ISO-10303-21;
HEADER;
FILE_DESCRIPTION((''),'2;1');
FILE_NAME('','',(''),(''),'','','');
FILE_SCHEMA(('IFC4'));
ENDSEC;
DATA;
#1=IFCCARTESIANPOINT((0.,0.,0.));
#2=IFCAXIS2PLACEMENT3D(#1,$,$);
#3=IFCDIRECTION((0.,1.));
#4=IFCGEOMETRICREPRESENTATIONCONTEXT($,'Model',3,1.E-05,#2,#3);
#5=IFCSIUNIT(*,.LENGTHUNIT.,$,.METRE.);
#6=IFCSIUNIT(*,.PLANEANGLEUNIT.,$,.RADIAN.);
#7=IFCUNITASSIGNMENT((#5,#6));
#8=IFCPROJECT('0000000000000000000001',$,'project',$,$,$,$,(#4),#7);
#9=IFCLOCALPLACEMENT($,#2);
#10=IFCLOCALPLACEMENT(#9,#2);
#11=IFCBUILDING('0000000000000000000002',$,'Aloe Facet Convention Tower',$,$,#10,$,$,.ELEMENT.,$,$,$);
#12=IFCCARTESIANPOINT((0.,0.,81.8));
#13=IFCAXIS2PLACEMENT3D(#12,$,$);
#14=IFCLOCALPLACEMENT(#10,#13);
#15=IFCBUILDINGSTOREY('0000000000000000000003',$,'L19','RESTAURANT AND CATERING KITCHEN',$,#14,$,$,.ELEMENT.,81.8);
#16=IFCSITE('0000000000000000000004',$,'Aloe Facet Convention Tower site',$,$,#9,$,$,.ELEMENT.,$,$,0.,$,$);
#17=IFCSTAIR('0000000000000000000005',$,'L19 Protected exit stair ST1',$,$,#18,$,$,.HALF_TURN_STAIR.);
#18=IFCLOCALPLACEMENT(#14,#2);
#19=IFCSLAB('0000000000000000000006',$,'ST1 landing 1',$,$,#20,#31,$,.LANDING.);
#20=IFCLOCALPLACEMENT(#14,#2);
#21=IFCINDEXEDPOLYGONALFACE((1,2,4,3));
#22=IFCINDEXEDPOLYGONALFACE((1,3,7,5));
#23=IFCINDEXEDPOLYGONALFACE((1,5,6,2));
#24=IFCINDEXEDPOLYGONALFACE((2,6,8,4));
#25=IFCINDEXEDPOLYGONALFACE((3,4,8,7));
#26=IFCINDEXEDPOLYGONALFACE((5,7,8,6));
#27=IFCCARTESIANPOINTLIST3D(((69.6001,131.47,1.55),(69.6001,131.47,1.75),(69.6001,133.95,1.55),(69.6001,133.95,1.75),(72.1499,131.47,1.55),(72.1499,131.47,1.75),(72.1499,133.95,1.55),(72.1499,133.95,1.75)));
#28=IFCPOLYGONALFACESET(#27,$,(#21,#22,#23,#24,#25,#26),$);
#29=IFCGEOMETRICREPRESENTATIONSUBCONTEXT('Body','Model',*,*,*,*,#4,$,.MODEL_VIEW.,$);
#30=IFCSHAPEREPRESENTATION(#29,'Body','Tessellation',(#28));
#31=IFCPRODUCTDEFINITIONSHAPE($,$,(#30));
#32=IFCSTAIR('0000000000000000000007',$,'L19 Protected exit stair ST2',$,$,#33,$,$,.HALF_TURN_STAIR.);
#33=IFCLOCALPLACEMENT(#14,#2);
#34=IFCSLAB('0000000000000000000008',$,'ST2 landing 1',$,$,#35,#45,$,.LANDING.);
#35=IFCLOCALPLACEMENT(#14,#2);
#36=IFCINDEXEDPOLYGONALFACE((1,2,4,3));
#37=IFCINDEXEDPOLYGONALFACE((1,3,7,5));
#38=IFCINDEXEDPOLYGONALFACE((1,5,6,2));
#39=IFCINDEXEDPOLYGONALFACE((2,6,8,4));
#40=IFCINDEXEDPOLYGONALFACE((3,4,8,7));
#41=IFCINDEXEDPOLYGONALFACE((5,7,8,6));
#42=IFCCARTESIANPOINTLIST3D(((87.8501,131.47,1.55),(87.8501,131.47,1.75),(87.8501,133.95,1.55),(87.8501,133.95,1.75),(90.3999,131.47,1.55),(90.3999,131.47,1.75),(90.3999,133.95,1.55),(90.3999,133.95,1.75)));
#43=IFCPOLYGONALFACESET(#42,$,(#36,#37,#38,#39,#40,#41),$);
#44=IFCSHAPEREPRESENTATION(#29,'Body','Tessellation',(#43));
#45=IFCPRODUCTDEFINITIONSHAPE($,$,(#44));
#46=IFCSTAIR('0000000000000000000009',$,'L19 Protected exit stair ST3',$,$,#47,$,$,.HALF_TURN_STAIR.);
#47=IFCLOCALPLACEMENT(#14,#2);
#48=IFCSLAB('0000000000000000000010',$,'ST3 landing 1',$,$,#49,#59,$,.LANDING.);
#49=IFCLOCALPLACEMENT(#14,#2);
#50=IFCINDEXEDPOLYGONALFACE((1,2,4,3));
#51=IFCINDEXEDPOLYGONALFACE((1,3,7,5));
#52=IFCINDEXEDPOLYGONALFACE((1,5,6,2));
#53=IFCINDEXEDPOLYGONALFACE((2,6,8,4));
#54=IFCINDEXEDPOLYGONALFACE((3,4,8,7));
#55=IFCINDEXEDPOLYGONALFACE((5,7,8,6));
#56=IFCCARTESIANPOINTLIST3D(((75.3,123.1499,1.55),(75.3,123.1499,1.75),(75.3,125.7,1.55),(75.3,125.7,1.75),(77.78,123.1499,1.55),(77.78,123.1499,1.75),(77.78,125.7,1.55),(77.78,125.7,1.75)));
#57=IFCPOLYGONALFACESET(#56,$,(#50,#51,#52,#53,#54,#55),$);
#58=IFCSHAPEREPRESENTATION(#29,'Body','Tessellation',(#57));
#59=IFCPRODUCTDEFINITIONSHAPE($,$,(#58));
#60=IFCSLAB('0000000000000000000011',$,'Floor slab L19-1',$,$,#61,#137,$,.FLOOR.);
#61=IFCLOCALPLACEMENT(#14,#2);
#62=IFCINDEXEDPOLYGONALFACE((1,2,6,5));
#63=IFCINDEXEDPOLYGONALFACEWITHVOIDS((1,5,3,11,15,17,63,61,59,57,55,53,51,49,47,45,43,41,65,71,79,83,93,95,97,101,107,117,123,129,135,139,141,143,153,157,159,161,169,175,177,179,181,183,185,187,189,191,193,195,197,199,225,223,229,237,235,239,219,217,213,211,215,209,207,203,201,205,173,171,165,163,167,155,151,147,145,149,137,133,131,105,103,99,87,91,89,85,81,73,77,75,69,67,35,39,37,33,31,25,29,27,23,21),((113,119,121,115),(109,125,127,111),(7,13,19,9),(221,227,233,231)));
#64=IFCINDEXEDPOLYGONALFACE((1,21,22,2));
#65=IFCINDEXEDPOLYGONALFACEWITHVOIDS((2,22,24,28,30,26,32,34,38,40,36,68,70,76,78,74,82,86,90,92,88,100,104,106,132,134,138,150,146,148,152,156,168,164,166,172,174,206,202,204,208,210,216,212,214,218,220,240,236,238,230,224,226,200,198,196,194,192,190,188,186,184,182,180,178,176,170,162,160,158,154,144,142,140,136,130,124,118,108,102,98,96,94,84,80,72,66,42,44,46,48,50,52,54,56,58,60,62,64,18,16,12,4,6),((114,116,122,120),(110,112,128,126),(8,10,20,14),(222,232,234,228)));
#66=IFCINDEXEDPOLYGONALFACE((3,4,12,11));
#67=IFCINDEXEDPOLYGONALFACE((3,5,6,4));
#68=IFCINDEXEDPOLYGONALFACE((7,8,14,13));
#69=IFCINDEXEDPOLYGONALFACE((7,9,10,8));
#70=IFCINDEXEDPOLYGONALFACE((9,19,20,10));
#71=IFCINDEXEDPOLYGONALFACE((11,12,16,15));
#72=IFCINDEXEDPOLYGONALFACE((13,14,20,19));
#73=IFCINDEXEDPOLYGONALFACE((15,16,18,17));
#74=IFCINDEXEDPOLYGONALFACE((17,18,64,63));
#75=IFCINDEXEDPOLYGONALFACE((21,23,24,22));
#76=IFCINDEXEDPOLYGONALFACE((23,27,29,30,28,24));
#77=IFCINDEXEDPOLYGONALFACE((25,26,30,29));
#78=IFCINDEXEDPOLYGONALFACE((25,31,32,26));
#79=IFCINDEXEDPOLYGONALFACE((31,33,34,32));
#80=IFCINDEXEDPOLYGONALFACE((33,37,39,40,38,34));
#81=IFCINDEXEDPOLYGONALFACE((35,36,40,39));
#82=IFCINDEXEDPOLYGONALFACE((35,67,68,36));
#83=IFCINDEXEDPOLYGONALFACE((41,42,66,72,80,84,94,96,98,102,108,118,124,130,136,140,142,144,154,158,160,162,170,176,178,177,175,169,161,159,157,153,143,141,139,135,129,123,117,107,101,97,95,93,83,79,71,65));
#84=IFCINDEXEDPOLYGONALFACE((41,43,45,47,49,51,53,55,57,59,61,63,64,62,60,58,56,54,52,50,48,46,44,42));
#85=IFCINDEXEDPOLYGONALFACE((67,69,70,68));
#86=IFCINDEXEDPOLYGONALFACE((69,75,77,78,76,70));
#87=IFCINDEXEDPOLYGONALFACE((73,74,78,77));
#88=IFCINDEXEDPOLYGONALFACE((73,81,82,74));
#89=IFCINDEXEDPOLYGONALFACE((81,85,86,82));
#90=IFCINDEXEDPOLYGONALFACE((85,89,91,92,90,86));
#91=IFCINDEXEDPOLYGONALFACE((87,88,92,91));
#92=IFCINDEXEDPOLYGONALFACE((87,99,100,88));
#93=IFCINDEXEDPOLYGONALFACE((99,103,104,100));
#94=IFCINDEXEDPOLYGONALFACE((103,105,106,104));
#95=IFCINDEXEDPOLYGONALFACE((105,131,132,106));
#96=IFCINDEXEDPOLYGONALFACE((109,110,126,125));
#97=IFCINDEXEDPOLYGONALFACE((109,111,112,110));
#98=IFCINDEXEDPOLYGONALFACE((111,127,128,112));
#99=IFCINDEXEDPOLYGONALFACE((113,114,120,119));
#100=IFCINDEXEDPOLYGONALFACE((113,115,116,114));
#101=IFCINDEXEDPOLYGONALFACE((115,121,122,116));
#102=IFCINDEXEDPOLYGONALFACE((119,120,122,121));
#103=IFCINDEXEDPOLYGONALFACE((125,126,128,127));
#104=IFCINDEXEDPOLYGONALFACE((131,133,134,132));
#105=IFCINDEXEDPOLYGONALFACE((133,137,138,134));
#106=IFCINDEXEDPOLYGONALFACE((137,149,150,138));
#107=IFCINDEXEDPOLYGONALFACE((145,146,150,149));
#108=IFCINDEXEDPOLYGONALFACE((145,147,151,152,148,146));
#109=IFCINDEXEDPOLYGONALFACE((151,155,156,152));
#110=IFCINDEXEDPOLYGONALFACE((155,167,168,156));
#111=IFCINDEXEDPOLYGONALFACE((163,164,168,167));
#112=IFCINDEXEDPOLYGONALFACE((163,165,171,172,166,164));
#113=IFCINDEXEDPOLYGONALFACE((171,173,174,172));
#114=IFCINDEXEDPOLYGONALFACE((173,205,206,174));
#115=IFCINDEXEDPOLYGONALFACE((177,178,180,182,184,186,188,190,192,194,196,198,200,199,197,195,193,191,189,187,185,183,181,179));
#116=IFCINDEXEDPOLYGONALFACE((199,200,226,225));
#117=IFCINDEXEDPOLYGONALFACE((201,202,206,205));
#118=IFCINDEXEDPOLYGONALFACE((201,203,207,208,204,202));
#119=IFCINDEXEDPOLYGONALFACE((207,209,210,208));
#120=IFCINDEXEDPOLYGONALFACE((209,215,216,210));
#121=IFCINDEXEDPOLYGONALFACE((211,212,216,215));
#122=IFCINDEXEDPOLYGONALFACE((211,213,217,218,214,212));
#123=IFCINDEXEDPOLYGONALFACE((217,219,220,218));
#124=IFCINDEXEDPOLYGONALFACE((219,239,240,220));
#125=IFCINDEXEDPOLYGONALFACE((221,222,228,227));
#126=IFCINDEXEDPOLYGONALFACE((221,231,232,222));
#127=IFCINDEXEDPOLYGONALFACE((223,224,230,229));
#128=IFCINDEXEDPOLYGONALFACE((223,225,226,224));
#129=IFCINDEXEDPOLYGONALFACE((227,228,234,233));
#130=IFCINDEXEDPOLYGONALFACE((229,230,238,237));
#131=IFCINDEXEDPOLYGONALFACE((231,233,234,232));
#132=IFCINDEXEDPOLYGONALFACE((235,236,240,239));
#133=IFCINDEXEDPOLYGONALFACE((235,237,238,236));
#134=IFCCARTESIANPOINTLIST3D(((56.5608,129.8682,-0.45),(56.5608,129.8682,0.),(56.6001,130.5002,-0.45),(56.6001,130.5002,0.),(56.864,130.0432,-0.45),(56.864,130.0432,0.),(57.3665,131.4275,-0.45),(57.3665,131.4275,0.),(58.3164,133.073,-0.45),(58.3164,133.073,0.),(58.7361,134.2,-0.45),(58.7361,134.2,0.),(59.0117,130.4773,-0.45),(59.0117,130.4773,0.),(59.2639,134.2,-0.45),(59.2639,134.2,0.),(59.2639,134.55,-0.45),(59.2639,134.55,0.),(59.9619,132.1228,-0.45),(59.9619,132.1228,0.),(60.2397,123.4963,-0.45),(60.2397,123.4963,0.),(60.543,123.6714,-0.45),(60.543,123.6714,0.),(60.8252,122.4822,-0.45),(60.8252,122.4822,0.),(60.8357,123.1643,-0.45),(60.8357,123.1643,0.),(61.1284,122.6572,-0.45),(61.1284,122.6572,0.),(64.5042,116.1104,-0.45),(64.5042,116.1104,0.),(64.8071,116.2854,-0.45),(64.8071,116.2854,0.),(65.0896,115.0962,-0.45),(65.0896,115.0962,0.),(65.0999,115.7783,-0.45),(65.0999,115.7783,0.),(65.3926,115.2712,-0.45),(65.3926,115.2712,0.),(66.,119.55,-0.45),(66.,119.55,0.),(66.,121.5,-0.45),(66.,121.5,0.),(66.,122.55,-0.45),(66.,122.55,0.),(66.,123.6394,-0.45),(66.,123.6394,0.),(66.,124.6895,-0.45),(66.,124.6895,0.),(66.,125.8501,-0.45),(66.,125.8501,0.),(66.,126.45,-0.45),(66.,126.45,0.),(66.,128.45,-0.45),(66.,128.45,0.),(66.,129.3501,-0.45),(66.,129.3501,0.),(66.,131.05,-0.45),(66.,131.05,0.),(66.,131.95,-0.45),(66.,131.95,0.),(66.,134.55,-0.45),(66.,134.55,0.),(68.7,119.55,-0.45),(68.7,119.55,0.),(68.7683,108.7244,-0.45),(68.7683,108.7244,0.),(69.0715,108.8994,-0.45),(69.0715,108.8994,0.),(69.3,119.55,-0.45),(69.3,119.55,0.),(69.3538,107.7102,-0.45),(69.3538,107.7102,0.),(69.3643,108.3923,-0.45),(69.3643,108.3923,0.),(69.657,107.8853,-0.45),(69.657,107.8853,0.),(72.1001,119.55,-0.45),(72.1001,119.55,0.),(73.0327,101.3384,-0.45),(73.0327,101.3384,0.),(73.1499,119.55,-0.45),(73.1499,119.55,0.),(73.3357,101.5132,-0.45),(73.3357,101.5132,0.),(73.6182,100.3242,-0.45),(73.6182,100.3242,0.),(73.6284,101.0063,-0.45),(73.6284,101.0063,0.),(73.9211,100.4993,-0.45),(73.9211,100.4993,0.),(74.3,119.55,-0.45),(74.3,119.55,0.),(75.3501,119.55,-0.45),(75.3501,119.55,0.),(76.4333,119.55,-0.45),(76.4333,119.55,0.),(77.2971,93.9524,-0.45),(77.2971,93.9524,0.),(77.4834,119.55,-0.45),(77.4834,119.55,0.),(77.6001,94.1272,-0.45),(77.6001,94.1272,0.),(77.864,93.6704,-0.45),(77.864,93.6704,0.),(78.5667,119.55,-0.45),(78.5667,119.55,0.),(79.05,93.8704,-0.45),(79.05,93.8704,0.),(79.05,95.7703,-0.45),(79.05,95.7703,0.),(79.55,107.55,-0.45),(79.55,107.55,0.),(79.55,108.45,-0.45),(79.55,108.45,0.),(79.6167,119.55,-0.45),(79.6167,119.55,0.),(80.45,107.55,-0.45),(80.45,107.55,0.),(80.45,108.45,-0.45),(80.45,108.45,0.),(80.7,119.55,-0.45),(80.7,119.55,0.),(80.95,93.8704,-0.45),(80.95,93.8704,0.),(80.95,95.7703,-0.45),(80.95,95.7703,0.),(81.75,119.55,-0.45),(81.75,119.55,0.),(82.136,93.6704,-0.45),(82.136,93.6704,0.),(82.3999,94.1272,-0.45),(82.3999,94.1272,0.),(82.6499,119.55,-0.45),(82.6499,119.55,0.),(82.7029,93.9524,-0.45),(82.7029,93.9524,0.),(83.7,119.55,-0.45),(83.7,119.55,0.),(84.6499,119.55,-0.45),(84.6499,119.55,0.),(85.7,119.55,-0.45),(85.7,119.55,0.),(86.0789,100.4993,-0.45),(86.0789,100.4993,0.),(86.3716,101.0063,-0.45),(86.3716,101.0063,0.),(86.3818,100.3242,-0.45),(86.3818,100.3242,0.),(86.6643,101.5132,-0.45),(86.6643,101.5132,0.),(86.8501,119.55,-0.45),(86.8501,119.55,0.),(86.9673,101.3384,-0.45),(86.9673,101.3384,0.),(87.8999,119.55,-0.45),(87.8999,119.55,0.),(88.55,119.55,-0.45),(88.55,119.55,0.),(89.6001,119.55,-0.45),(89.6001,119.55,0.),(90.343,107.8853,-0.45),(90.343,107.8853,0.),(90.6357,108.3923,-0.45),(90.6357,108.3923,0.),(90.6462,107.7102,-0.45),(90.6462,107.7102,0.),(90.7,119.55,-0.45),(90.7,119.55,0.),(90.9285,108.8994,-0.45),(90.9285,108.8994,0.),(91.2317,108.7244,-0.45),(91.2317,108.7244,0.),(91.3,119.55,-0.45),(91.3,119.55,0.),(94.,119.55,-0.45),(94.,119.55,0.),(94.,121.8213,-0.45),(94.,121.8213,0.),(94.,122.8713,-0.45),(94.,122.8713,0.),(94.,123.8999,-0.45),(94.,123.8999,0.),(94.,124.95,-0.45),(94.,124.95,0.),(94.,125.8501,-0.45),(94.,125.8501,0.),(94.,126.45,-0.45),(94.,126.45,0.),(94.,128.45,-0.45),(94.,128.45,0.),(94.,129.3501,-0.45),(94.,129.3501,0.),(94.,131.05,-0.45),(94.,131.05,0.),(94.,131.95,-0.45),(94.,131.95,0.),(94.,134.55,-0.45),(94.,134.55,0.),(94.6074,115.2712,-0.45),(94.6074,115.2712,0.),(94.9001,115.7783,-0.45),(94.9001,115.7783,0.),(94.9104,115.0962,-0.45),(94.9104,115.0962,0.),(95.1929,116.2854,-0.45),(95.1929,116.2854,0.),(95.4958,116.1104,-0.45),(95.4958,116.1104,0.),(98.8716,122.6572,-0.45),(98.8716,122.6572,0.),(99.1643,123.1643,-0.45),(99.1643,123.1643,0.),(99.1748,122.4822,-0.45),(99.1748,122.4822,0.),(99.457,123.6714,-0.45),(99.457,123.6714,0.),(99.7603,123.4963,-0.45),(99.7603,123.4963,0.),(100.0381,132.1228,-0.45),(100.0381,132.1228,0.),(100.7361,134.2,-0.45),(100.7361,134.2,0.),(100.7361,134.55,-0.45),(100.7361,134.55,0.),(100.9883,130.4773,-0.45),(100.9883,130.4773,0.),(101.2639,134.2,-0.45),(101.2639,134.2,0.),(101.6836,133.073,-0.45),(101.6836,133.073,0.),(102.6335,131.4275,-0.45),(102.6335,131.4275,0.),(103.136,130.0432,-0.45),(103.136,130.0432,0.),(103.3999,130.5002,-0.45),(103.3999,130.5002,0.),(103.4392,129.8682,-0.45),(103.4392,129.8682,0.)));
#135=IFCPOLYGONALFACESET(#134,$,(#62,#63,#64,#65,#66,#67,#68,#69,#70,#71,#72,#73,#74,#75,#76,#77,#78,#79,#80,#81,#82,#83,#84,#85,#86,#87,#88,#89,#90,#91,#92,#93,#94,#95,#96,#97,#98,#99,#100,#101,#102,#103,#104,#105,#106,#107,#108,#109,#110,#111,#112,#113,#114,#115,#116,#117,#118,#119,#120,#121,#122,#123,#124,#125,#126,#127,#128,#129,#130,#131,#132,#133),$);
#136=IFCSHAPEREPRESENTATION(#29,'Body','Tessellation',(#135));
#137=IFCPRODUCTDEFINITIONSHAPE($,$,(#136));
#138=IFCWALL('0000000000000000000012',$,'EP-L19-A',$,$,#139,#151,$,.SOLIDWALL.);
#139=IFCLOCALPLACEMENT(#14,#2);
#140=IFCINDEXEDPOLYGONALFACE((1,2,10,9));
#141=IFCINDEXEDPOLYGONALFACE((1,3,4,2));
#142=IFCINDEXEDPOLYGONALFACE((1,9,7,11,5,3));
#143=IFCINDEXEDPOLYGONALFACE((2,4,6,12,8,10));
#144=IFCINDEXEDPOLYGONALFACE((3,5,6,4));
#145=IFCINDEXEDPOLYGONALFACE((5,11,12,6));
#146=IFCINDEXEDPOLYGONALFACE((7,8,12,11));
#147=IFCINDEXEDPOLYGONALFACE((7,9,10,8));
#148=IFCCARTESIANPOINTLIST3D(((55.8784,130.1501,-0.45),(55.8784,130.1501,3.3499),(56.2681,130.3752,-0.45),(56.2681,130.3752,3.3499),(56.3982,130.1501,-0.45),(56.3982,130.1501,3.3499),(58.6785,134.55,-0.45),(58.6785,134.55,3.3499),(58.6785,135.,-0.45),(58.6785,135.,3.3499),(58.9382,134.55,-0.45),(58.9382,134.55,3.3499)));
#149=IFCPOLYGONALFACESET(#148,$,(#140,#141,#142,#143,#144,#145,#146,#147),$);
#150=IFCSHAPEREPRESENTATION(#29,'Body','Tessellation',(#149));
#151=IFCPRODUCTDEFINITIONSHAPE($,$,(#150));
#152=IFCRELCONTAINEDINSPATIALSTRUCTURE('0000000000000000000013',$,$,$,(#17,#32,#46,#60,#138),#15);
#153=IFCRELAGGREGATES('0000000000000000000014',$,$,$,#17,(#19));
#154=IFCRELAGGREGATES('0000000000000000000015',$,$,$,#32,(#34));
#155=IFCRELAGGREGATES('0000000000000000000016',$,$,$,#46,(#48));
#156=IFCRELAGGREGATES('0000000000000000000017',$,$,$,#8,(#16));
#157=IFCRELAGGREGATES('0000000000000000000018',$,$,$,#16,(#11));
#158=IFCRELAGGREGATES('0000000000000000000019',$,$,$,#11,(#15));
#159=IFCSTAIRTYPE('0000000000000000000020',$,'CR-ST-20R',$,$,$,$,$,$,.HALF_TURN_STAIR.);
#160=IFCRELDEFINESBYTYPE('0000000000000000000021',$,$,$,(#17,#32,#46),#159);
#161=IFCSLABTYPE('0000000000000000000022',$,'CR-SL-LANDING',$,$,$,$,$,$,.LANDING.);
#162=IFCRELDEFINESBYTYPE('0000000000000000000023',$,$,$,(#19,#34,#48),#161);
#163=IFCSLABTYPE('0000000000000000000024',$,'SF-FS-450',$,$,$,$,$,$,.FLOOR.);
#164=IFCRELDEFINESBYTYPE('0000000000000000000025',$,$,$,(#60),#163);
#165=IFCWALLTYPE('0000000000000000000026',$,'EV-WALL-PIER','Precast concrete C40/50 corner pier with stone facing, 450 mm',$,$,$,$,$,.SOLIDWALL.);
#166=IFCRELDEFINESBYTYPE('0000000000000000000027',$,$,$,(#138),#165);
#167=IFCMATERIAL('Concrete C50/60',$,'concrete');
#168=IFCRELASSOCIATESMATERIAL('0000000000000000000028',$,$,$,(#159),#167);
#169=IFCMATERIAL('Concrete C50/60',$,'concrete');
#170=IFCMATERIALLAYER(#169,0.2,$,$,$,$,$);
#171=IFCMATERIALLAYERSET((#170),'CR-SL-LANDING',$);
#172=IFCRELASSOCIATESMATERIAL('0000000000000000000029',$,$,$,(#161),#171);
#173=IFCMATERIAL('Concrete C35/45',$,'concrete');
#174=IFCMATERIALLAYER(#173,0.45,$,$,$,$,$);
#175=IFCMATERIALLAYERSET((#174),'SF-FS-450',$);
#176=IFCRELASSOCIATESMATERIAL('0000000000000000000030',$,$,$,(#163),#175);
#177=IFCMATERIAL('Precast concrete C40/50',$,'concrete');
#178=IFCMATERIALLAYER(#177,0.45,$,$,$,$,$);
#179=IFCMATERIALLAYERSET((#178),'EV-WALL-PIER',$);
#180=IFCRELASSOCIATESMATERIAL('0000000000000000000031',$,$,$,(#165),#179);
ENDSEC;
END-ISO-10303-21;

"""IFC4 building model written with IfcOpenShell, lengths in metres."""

from ifc_helpers import new_model, si_unit, direction, frame, origin, place, context, subcontext, project, spatial, polyline, outline, extrude, material, layer, layer_set, type_object, element, aggregate, save


model = new_model("IFC4")

# Units and contexts
model_context = context("Model", 3, precision=1e-05, world=origin(), true_north=direction((0.0, 1.0)))
body_context = subcontext(model_context, "Body", "Model", "MODEL_VIEW")
ifc_project = project(units=[si_unit("LENGTHUNIT", "METRE"), si_unit("PLANEANGLEUNIT", "RADIAN")], contexts=[model_context])

# Site, building, storey
site_placement = place(None, origin())
site = spatial("IfcSite", under=ifc_project, at=site_placement, Name="Aloe Facet Convention Tower site", CompositionType="ELEMENT", RefElevation=0.0)
building_placement = place(site_placement, origin())
building = spatial("IfcBuilding", under=site, at=building_placement, Name="Aloe Facet Convention Tower", CompositionType="ELEMENT")
storey_placement = place(building_placement, frame((0.0, 0.0, 81.8)))
storey = spatial("IfcBuildingStorey", under=building, at=storey_placement, Name="L19", Description="RESTAURANT AND CATERING KITCHEN", CompositionType="ELEMENT", Elevation=81.8)

# Stairs, slabs
ifc_material_1 = material(Name="Concrete C50/60", Category="concrete")
stair_type = type_object("IfcStairType", Name="CR-ST-20R", PredefinedType="HALF_TURN_STAIR", material=ifc_material_1)
stair_1_placement = place(storey_placement, origin())
stair_1 = element("IfcStair", 1, at=stair_1_placement, inside=storey, type_object=stair_type, Name="L19 Protected exit stair ST1", PredefinedType="HALF_TURN_STAIR")
ifc_material_2 = material(Name="Concrete C50/60", Category="concrete")
ifc_layer_1 = layer(ifc_material_2, 0.2)
ifc_layer_set_1 = layer_set([ifc_layer_1], Name="CR-SL-LANDING")
slab_type_1 = type_object("IfcSlabType", Name="CR-SL-LANDING", PredefinedType="LANDING", material=ifc_layer_set_1)
slab_1_placement = place(storey_placement, frame((0.0, 0.0, 1.55)))
slab_1 = element("IfcSlab", 2, at=slab_1_placement, type_object=slab_type_1, Name="ST1 landing 1", PredefinedType="LANDING", context=body_context, shape_type="SweptSolid", body=[
    extrude(outline(polyline([(72.1499, 131.47), (72.1499, 133.95), (69.6001, 133.95), (69.6001, 131.47), (72.1499, 131.47)])), origin(), (0.0, 0.0, 1.0), 0.2),
])
aggregate(stair_1, [slab_1])
stair_2_placement = place(storey_placement, origin())
stair_2 = element("IfcStair", 3, at=stair_2_placement, inside=storey, type_object=stair_type, Name="L19 Protected exit stair ST2", PredefinedType="HALF_TURN_STAIR")
slab_2_placement = place(storey_placement, frame((0.0, 0.0, 1.55)))
slab_2 = element("IfcSlab", 4, at=slab_2_placement, type_object=slab_type_1, Name="ST2 landing 1", PredefinedType="LANDING", context=body_context, shape_type="SweptSolid", body=[
    extrude(outline(polyline([(90.3999, 131.47), (90.3999, 133.95), (87.8501, 133.95), (87.8501, 131.47), (90.3999, 131.47)])), origin(), (0.0, 0.0, 1.0), 0.2),
])
aggregate(stair_2, [slab_2])
stair_3_placement = place(storey_placement, origin())
stair_3 = element("IfcStair", 5, at=stair_3_placement, inside=storey, type_object=stair_type, Name="L19 Protected exit stair ST3", PredefinedType="HALF_TURN_STAIR")
slab_3_placement = place(storey_placement, frame((0.0, 0.0, 1.55)))
slab_3 = element("IfcSlab", 6, at=slab_3_placement, type_object=slab_type_1, Name="ST3 landing 1", PredefinedType="LANDING", context=body_context, shape_type="SweptSolid", body=[
    extrude(outline(polyline([(77.78, 125.7), (75.3, 125.7), (75.3, 123.1499), (77.78, 123.1499), (77.78, 125.7)])), origin(), (0.0, 0.0, 1.0), 0.2),
])
aggregate(stair_3, [slab_3])

# Slab
ifc_material_3 = material(Name="Concrete C35/45", Category="concrete")
ifc_layer_2 = layer(ifc_material_3, 0.45)
ifc_layer_set_2 = layer_set([ifc_layer_2], Name="SF-FS-450")
slab_type_2 = type_object("IfcSlabType", Name="SF-FS-450", PredefinedType="FLOOR", material=ifc_layer_set_2)
slab_4_placement = place(storey_placement, frame((0.0, 0.0, -0.45)))
element("IfcSlab", 7, at=slab_4_placement, inside=storey, type_object=slab_type_2, Name="Floor slab L19-1", PredefinedType="FLOOR", context=body_context, shape_type="SweptSolid", body=[
    extrude(outline(polyline([(103.3999, 130.5002), (103.136, 130.0432), (103.4392, 129.8682), (99.7603, 123.4963), (99.457, 123.6714), (99.1643, 123.1643), (98.8716, 122.6572), (99.1748, 122.4822), (95.4958, 116.1104), (95.1929, 116.2854), (94.9001, 115.7783), (94.6074, 115.2712), (94.9104, 115.0962), (91.2317, 108.7244), (90.9285, 108.8994), (90.6357, 108.3923), (90.343, 107.8853), (90.6462, 107.7102), (86.9673, 101.3384), (86.6643, 101.5132), (86.3716, 101.0063), (86.0789, 100.4993), (86.3818, 100.3242), (82.7029, 93.9524), (82.3999, 94.1272), (82.136, 93.6704), (77.864, 93.6704), (77.6001, 94.1272), (77.2971, 93.9524), (73.6182, 100.3242), (73.9211, 100.4993), (73.6284, 101.0063), (73.3357, 101.5132), (73.0327, 101.3384), (69.3538, 107.7102), (69.657, 107.8853), (69.3643, 108.3923), (69.0715, 108.8994), (68.7683, 108.7244), (65.0896, 115.0962), (65.3926, 115.2712), (65.0999, 115.7783), (64.8071, 116.2854), (64.5042, 116.1104), (60.8252, 122.4822), (61.1284, 122.6572), (60.8357, 123.1643), (60.543, 123.6714), (60.2397, 123.4963), (56.5608, 129.8682), (56.864, 130.0432), (56.6001, 130.5002), (58.7361, 134.2), (59.2639, 134.2), (59.2639, 134.55), (66.0, 134.55), (66.0, 131.95), (66.0, 131.05), (66.0, 129.3501), (66.0, 128.45), (66.0, 126.45), (66.0, 125.8501), (66.0, 124.6895), (66.0, 123.6394), (66.0, 122.55), (66.0, 121.5), (66.0, 119.55), (68.7, 119.55), (69.3, 119.55), (72.1001, 119.55), (73.1499, 119.55), (74.3, 119.55), (75.3501, 119.55), (76.4333, 119.55), (77.4834, 119.55), (78.5667, 119.55), (79.6167, 119.55), (80.7, 119.55), (81.75, 119.55), (82.6499, 119.55), (83.7, 119.55), (84.6499, 119.55), (85.7, 119.55), (86.8501, 119.55), (87.8999, 119.55), (88.55, 119.55), (89.6001, 119.55), (90.7, 119.55), (91.3, 119.55), (94.0, 119.55), (94.0, 121.8213), (94.0, 122.8713), (94.0, 123.8999), (94.0, 124.95), (94.0, 125.8501), (94.0, 126.45), (94.0, 128.45), (94.0, 129.3501), (94.0, 131.05), (94.0, 131.95), (94.0, 134.55), (100.7361, 134.55), (100.7361, 134.2), (101.2639, 134.2), (103.3999, 130.5002)]), holes=[polyline([(80.45, 107.55), (80.45, 108.45), (79.55, 108.45), (79.55, 107.55), (80.45, 107.55)]), polyline([(58.3164, 133.073), (57.3665, 131.4275), (59.0117, 130.4773), (59.9619, 132.1228), (58.3164, 133.073)]), polyline([(79.05, 93.8704), (80.95, 93.8704), (80.95, 95.7703), (79.05, 95.7703), (79.05, 93.8704)]), polyline([(102.6335, 131.4275), (101.6836, 133.073), (100.0381, 132.1228), (100.9883, 130.4773), (102.6335, 131.4275)])]), origin(), (0.0, 0.0, 1.0), 0.45),
])

# Wall
ifc_material_4 = material(Name="Precast concrete C40/50", Category="concrete")
ifc_layer_3 = layer(ifc_material_4, 0.45)
ifc_layer_set_3 = layer_set([ifc_layer_3], Name="EV-WALL-PIER")
wall_type_1 = type_object("IfcWallType", Name="EV-WALL-PIER", Description="Precast concrete C40/50 corner pier with stone facing, 450 mm", PredefinedType="SOLIDWALL", material=ifc_layer_set_3)
wall_1_placement = place(storey_placement, frame((0.0, 0.0, -0.45)))
element("IfcWall", 8, at=wall_1_placement, inside=storey, type_object=wall_type_1, Name="EP-L19-A", PredefinedType="SOLIDWALL", context=body_context, shape_type="SweptSolid", body=[
    extrude(outline(polyline([(58.6785, 135.0), (58.6785, 134.55), (58.9382, 134.55), (56.3982, 130.1501), (56.2681, 130.3752), (55.8784, 130.1501), (58.6785, 135.0)])), origin(), (0.0, 0.0, 1.0), 3.7998),
])

save(model, "model.ifc")
